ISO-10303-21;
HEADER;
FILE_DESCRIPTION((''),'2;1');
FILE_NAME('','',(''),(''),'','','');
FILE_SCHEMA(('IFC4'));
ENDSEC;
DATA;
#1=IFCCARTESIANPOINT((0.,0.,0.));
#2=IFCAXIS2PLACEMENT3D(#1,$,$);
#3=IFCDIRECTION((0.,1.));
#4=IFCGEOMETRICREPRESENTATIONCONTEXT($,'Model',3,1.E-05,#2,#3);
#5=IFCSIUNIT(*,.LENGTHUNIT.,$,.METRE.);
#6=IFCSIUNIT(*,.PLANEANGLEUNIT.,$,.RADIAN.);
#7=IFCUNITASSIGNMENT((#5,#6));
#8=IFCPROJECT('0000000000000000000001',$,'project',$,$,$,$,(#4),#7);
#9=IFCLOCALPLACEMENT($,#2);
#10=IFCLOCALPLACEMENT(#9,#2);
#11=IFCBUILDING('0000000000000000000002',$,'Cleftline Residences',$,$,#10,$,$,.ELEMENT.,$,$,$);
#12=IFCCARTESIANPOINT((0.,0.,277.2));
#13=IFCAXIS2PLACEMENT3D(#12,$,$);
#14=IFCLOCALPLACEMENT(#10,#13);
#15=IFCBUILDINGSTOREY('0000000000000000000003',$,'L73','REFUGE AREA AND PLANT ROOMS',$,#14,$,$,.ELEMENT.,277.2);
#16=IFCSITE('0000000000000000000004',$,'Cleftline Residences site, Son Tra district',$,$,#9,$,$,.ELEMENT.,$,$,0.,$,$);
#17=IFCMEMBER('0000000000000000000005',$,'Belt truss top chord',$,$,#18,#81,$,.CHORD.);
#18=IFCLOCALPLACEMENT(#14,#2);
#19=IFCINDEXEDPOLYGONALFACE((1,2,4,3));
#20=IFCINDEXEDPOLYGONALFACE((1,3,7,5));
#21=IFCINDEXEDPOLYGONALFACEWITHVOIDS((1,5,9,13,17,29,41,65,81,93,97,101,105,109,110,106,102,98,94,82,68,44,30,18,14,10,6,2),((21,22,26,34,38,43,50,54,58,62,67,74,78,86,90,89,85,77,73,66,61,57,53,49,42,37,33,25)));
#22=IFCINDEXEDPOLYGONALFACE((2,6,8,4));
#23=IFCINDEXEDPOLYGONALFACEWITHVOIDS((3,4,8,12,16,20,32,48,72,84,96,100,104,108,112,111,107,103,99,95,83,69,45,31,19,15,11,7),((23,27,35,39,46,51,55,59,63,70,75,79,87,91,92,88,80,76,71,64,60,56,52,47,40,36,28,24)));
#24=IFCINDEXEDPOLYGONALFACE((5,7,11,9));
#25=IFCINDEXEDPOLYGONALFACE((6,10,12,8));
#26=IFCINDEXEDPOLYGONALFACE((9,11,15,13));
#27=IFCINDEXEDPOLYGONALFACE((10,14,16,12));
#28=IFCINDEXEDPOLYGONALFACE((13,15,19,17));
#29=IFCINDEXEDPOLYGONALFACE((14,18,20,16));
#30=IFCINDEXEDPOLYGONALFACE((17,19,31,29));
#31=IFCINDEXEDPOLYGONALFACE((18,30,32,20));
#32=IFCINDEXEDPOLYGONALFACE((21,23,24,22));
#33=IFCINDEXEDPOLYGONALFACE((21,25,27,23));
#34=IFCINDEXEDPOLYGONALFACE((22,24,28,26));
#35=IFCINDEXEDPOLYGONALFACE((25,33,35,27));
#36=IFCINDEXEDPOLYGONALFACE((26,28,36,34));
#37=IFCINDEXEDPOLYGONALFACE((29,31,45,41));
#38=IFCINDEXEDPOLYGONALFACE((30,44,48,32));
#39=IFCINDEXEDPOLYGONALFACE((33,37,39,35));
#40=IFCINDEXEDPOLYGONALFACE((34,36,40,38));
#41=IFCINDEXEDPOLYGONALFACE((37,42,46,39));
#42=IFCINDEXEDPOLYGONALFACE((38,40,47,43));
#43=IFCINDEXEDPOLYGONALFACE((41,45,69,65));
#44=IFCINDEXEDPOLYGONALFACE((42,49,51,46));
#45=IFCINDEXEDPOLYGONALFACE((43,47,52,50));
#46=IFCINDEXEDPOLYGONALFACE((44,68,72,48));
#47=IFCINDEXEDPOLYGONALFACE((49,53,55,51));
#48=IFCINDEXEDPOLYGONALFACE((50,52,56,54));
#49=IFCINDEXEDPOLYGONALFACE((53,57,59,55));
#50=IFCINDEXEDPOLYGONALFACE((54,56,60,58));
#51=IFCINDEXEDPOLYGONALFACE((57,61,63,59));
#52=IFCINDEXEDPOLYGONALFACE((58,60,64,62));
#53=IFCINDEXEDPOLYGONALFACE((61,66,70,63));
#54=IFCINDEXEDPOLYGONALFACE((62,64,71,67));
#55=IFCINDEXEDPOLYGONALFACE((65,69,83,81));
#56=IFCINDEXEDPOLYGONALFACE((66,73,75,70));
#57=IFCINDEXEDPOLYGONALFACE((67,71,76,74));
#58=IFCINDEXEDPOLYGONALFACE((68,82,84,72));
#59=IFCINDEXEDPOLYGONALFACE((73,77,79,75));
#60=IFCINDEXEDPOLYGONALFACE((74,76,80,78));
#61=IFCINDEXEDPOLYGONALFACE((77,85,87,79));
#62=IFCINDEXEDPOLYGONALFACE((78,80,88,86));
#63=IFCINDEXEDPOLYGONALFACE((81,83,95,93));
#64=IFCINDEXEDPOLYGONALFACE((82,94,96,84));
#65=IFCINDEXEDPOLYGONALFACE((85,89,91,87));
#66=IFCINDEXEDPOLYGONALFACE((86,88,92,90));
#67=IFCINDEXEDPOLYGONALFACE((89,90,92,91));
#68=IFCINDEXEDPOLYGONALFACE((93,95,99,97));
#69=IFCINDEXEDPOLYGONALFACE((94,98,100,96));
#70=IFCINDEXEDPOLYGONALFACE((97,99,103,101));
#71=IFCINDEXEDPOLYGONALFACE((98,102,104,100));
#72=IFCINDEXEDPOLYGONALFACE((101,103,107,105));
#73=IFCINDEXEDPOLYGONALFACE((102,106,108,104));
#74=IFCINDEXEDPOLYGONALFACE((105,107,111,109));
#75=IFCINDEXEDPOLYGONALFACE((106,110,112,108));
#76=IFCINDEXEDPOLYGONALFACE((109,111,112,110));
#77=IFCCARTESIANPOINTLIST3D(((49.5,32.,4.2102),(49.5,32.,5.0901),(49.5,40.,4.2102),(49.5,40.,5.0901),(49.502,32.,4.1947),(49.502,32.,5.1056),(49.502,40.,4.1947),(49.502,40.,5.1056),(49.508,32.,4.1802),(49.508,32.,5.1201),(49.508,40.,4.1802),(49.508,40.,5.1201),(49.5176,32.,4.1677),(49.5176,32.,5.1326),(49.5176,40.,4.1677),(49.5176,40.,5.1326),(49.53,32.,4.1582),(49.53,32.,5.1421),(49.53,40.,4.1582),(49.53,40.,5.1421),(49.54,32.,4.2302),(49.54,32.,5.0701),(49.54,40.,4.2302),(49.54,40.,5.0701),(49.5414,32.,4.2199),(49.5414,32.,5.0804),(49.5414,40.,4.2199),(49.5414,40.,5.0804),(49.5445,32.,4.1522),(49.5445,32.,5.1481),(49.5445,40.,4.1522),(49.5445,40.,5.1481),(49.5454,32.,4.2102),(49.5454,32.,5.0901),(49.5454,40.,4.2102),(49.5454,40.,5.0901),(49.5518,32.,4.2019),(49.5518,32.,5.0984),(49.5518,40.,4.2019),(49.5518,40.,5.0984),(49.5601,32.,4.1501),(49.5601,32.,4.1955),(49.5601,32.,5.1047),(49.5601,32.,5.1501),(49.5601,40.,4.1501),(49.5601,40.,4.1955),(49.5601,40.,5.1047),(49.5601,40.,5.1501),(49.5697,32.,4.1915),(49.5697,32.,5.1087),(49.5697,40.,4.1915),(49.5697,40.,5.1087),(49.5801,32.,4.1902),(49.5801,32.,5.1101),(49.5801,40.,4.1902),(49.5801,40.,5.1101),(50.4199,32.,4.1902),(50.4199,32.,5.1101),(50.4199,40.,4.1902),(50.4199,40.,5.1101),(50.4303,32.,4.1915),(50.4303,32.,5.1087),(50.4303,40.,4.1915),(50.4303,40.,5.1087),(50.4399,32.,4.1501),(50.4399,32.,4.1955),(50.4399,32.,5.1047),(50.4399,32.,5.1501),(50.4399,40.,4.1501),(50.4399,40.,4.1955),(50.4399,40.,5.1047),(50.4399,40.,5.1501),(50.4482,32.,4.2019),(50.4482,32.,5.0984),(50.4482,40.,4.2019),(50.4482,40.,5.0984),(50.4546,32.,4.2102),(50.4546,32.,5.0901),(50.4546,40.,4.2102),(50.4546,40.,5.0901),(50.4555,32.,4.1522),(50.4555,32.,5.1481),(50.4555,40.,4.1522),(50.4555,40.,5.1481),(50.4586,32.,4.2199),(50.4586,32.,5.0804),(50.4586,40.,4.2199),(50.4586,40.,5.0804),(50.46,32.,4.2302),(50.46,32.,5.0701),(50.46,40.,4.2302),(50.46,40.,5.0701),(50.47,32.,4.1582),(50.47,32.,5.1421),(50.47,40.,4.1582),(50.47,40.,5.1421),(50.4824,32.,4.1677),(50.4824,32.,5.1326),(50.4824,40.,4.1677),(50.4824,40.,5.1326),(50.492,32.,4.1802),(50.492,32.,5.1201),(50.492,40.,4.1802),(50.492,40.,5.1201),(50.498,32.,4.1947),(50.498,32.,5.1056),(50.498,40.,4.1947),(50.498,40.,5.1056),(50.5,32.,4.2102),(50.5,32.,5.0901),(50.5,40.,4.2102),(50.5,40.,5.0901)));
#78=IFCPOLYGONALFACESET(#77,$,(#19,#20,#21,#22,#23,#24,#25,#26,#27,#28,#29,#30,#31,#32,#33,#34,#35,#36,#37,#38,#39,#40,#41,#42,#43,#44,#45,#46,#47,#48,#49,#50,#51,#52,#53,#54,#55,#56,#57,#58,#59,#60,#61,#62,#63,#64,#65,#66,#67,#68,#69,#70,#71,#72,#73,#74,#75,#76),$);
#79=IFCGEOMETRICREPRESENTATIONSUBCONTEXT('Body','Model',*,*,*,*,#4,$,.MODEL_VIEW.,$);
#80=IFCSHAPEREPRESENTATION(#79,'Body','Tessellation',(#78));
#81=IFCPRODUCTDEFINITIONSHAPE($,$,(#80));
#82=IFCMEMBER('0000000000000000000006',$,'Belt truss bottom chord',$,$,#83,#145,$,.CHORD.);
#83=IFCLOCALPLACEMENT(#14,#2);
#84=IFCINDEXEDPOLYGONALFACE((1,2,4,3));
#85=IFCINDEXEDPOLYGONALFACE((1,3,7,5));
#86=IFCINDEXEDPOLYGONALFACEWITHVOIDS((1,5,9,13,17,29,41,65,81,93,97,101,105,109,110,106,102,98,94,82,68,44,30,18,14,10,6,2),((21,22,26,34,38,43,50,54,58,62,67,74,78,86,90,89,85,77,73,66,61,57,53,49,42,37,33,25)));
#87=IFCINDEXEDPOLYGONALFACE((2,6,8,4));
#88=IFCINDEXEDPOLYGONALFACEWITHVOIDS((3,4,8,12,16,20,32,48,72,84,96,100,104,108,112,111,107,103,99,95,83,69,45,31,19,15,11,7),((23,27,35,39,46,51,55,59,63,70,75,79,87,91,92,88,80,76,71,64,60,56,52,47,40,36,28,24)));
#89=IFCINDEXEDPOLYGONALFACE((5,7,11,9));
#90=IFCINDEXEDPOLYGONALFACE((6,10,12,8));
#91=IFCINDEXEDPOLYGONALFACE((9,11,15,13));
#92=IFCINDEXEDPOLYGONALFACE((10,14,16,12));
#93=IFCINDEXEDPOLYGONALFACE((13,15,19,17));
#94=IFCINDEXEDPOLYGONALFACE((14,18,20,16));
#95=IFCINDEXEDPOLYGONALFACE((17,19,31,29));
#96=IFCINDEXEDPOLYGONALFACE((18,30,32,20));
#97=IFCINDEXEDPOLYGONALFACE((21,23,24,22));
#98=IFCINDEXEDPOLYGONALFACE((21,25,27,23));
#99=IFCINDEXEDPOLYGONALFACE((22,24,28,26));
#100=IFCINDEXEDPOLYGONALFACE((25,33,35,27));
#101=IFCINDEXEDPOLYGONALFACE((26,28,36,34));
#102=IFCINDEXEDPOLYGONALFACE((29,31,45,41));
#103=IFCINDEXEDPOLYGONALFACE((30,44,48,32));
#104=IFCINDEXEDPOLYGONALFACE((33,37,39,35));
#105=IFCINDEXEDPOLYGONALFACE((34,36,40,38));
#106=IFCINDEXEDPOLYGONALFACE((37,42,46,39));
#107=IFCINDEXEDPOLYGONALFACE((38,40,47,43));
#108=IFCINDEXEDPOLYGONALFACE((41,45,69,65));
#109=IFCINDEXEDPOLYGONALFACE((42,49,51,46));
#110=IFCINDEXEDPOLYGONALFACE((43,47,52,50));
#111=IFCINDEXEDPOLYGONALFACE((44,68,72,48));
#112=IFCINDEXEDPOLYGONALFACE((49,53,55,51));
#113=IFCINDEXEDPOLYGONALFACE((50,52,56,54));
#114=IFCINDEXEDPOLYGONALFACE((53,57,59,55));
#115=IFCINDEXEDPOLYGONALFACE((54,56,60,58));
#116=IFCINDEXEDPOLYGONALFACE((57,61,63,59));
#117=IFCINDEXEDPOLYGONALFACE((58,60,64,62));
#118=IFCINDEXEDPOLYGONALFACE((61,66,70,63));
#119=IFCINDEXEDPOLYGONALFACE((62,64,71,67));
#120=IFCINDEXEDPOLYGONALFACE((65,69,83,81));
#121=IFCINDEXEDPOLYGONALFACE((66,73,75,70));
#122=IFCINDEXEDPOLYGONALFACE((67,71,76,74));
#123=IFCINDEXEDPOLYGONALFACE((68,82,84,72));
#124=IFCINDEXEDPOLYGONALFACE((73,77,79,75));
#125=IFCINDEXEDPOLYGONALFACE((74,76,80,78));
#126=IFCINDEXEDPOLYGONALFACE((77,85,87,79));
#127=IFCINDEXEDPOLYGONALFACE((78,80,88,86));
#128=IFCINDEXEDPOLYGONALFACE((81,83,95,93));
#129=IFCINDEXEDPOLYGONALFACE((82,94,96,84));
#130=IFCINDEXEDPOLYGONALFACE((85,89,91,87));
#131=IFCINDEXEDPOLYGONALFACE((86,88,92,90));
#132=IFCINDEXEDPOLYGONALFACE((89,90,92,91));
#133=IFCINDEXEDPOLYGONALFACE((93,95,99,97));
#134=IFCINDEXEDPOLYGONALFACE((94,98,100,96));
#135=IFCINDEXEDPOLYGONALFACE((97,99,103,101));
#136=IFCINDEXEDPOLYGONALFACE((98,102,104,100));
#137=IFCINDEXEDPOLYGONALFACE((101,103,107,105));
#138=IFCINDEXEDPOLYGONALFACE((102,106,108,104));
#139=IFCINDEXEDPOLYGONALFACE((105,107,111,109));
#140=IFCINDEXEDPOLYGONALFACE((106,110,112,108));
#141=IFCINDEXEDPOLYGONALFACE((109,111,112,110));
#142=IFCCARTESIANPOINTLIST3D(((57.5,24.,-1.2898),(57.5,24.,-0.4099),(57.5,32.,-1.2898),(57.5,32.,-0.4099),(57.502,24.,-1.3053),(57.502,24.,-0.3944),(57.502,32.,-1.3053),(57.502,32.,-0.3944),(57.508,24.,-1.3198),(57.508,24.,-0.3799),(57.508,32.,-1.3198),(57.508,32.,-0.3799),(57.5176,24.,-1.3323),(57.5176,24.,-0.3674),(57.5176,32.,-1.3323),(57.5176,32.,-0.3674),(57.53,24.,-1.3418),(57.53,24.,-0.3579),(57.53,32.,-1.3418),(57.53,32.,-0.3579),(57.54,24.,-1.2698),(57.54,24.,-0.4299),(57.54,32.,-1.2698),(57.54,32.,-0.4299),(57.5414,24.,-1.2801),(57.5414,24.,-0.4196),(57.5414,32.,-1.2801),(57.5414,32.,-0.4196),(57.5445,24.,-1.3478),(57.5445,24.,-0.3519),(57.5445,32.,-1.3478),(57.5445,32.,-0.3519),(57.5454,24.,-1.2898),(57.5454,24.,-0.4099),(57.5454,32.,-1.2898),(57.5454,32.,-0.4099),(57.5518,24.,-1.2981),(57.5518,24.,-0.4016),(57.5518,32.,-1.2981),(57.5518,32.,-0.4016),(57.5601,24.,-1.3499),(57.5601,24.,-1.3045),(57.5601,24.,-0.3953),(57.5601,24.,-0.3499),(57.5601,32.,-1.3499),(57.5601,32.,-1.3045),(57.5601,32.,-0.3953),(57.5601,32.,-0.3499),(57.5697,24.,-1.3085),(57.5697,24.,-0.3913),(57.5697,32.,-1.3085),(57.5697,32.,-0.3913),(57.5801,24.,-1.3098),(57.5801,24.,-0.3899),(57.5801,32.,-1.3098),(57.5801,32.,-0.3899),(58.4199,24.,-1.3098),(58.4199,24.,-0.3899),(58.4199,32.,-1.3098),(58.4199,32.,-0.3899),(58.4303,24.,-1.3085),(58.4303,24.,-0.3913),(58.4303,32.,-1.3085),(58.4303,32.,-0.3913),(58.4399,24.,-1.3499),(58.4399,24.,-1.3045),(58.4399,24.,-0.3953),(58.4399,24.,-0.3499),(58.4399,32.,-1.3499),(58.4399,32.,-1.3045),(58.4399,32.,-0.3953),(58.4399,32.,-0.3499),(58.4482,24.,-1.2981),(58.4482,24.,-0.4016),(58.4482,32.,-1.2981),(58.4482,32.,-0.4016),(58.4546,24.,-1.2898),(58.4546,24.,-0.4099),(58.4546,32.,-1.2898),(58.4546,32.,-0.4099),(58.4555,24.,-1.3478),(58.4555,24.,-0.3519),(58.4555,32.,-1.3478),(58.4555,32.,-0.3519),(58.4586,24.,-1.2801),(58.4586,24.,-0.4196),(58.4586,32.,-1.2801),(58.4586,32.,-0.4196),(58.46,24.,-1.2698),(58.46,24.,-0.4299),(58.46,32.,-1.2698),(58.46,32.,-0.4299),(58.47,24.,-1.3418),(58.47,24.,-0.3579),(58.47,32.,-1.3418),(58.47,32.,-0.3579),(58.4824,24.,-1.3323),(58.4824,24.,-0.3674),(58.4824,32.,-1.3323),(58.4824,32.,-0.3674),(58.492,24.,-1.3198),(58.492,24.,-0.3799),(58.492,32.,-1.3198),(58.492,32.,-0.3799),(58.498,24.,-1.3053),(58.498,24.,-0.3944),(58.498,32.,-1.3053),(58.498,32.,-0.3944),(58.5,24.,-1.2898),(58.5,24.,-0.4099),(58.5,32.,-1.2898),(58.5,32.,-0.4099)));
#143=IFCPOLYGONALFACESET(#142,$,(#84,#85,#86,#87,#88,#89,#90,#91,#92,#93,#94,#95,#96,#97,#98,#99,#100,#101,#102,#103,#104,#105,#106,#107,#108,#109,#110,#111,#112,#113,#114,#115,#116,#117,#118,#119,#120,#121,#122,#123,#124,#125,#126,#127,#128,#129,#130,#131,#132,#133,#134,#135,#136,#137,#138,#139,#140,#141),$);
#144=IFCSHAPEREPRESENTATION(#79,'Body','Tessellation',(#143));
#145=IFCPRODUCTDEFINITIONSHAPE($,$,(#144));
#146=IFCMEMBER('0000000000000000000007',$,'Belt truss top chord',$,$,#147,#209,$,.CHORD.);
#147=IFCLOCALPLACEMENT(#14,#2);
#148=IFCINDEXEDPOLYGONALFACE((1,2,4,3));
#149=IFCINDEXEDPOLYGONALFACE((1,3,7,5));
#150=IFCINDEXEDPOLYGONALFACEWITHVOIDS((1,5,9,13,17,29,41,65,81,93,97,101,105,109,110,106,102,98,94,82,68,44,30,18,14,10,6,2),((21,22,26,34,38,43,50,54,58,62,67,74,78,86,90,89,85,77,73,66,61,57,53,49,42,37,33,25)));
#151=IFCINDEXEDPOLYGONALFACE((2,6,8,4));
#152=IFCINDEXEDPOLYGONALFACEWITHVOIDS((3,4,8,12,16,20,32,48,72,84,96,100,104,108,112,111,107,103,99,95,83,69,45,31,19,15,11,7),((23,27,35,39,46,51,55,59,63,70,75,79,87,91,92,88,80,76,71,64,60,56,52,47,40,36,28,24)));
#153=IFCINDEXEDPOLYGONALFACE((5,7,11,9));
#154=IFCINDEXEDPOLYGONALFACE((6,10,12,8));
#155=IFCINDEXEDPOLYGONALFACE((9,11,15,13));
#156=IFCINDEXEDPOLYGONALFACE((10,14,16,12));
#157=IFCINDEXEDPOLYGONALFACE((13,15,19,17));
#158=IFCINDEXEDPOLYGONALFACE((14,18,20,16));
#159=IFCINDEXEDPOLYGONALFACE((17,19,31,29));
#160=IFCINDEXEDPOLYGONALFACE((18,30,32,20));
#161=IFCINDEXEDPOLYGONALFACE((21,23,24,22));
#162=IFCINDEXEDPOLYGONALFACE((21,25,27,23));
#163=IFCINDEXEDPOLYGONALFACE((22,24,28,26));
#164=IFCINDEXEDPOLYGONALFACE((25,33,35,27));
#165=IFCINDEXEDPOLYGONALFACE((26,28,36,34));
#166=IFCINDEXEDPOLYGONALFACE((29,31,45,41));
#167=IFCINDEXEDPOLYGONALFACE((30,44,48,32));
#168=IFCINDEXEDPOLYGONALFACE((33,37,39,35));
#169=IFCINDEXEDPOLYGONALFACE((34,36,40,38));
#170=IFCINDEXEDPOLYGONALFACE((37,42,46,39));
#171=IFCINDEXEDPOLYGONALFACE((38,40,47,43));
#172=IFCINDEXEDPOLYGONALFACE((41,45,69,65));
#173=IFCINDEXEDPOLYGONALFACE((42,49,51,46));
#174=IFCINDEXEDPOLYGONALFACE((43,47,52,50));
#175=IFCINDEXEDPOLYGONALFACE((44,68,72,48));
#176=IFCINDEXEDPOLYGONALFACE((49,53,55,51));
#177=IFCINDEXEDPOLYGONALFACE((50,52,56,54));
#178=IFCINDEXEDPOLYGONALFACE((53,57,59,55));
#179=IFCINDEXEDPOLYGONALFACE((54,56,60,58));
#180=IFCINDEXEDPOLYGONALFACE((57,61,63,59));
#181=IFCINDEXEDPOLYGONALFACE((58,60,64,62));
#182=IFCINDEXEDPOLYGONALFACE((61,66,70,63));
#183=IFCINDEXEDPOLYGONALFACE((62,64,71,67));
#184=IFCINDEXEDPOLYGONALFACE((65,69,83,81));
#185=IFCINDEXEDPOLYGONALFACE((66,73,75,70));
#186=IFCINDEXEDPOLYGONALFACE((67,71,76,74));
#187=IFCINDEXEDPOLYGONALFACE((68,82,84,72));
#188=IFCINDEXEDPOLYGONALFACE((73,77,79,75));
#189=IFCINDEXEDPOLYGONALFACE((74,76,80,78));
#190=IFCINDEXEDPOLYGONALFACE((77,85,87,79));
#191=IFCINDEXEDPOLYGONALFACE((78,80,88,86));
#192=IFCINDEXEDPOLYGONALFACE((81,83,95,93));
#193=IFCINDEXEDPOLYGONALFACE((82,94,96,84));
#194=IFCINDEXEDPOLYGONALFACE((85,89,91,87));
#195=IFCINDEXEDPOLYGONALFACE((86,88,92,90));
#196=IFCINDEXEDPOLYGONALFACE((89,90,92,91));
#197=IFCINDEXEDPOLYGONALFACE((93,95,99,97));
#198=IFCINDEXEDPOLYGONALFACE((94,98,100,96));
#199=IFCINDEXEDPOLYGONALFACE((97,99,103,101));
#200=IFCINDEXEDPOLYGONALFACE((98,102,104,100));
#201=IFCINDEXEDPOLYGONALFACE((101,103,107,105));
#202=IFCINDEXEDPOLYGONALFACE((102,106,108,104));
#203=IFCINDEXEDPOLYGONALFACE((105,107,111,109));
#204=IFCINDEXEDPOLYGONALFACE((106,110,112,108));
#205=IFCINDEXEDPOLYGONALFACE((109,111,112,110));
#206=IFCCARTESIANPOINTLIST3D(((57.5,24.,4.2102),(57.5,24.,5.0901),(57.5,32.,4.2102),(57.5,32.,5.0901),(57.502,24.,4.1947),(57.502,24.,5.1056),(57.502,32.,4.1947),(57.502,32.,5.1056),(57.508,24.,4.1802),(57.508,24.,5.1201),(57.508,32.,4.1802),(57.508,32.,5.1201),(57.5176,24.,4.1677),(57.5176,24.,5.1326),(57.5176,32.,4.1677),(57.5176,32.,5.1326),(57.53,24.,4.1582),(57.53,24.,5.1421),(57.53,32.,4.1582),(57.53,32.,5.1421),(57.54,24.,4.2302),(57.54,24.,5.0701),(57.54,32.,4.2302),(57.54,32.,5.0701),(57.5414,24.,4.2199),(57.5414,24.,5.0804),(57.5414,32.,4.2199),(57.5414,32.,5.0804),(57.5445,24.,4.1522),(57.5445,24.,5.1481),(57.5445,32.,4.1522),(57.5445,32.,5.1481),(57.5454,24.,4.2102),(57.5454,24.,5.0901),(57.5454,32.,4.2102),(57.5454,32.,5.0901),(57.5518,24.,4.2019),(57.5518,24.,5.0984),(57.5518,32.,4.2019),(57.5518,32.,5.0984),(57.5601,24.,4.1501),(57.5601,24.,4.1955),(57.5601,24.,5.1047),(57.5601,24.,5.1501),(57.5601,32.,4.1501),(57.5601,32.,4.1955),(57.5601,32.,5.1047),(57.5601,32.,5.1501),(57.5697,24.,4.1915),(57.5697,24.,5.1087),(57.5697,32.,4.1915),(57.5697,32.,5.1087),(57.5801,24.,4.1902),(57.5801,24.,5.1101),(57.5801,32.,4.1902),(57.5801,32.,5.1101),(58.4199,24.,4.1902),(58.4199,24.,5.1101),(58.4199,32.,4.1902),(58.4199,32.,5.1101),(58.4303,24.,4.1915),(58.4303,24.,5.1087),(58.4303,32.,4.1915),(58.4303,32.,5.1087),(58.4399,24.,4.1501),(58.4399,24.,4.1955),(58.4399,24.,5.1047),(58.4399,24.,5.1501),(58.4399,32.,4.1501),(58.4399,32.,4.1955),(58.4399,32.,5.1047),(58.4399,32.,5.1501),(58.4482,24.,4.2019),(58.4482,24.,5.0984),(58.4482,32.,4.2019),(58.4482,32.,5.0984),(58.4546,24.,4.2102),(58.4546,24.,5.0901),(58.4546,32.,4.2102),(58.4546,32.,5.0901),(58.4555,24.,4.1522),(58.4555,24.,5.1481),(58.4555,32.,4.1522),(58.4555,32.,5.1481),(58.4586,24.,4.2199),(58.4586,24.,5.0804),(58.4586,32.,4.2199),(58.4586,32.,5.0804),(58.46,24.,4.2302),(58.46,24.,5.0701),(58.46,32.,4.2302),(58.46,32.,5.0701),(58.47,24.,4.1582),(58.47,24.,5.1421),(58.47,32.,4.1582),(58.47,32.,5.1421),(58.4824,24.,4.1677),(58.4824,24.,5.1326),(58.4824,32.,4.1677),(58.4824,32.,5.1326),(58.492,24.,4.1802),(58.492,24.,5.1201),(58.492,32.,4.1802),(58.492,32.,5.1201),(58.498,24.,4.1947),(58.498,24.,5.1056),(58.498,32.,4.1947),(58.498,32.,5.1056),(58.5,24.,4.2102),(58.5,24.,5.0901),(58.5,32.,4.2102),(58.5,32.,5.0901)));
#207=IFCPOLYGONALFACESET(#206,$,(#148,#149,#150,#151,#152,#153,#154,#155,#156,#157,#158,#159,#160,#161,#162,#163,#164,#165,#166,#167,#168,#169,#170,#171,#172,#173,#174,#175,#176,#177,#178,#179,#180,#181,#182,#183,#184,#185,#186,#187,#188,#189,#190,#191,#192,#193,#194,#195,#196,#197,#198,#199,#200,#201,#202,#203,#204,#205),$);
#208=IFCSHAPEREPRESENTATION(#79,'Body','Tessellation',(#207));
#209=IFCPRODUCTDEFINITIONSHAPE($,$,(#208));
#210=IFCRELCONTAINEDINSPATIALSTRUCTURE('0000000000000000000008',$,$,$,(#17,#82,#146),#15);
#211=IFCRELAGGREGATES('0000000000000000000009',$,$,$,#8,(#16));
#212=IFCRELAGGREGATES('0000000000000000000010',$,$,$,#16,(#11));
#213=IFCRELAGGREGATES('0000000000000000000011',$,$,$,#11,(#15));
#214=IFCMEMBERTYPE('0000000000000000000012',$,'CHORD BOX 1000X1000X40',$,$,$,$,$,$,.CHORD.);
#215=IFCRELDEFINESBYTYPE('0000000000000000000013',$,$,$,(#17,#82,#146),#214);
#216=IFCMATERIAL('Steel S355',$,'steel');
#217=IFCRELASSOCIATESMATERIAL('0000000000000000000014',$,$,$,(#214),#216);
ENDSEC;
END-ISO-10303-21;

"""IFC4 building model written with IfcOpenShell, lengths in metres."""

from ifc_helpers import new_model, si_unit, direction, frame, origin, origin_2d, place, context, subcontext, project, spatial, hollow_rectangle, extrude, material, material_profile, profile_set, type_object, element, save


model = new_model("IFC4")

# Units and contexts
model_context = context("Model", 3, precision=1e-05, world=origin(), true_north=direction((0.0, 1.0)))
body_context = subcontext(model_context, "Body", "Model", "MODEL_VIEW")
ifc_project = project(units=[si_unit("LENGTHUNIT", "METRE"), si_unit("PLANEANGLEUNIT", "RADIAN")], contexts=[model_context])

# Site, building, storey
site_placement = place(None, origin())
site = spatial("IfcSite", under=ifc_project, at=site_placement, Name="Cleftline Residences site, Son Tra district", CompositionType="ELEMENT", RefElevation=0.0)
building_placement = place(site_placement, origin())
building = spatial("IfcBuilding", under=site, at=building_placement, Name="Cleftline Residences", CompositionType="ELEMENT")
storey_placement = place(building_placement, frame((0.0, 0.0, 277.2)))
storey = spatial("IfcBuildingStorey", under=building, at=storey_placement, Name="L73", Description="REFUGE AREA AND PLANT ROOMS", CompositionType="ELEMENT", Elevation=277.2)

# Members
ifc_material_1 = material(Name="Steel S355", Category="steel")
ifc_material_profile_1 = material_profile(ifc_material_1, hollow_rectangle(XDim=1.0, YDim=1.0, WallThickness=0.04, InnerFilletRadius=0.04, OuterFilletRadius=0.0601, at=origin_2d()))
ifc_profile_set_1 = profile_set([ifc_material_profile_1], Name="Steel S355")
member_type_1 = type_object("IfcMemberType", Name="CHORD BOX 1000X1000X40", PredefinedType="CHORD", material=ifc_profile_set_1)
for number, where, z_axis, x_axis, name in (
    (1, (50.0, 32.0, 4.6501), (0.0, 1.0, 0.0), (-1.0, 0.0, 0.0), "Belt truss top chord"),
    (2, (58.0, 24.0, -0.8499), (0.0, 1.0, 0.0), (-1.0, 0.0, 0.0), "Belt truss bottom chord"),
    (3, (58.0, 24.0, 4.6501), (0.0, 1.0, 0.0), (-1.0, 0.0, 0.0), "Belt truss top chord"),
):
    element("IfcMember", number, at=place(storey_placement, frame(where, z_axis=z_axis, x_axis=x_axis)), inside=storey, type_object=member_type_1, Name=name, PredefinedType="CHORD", context=body_context, shape_type="SweptSolid", body=[
        extrude(hollow_rectangle(XDim=1.0, YDim=1.0, WallThickness=0.04, InnerFilletRadius=0.04, OuterFilletRadius=0.0601, at=origin_2d()), origin(), (0.0, 0.0, 1.0), 8.0),
    ])

save(model, "model.ifc")
